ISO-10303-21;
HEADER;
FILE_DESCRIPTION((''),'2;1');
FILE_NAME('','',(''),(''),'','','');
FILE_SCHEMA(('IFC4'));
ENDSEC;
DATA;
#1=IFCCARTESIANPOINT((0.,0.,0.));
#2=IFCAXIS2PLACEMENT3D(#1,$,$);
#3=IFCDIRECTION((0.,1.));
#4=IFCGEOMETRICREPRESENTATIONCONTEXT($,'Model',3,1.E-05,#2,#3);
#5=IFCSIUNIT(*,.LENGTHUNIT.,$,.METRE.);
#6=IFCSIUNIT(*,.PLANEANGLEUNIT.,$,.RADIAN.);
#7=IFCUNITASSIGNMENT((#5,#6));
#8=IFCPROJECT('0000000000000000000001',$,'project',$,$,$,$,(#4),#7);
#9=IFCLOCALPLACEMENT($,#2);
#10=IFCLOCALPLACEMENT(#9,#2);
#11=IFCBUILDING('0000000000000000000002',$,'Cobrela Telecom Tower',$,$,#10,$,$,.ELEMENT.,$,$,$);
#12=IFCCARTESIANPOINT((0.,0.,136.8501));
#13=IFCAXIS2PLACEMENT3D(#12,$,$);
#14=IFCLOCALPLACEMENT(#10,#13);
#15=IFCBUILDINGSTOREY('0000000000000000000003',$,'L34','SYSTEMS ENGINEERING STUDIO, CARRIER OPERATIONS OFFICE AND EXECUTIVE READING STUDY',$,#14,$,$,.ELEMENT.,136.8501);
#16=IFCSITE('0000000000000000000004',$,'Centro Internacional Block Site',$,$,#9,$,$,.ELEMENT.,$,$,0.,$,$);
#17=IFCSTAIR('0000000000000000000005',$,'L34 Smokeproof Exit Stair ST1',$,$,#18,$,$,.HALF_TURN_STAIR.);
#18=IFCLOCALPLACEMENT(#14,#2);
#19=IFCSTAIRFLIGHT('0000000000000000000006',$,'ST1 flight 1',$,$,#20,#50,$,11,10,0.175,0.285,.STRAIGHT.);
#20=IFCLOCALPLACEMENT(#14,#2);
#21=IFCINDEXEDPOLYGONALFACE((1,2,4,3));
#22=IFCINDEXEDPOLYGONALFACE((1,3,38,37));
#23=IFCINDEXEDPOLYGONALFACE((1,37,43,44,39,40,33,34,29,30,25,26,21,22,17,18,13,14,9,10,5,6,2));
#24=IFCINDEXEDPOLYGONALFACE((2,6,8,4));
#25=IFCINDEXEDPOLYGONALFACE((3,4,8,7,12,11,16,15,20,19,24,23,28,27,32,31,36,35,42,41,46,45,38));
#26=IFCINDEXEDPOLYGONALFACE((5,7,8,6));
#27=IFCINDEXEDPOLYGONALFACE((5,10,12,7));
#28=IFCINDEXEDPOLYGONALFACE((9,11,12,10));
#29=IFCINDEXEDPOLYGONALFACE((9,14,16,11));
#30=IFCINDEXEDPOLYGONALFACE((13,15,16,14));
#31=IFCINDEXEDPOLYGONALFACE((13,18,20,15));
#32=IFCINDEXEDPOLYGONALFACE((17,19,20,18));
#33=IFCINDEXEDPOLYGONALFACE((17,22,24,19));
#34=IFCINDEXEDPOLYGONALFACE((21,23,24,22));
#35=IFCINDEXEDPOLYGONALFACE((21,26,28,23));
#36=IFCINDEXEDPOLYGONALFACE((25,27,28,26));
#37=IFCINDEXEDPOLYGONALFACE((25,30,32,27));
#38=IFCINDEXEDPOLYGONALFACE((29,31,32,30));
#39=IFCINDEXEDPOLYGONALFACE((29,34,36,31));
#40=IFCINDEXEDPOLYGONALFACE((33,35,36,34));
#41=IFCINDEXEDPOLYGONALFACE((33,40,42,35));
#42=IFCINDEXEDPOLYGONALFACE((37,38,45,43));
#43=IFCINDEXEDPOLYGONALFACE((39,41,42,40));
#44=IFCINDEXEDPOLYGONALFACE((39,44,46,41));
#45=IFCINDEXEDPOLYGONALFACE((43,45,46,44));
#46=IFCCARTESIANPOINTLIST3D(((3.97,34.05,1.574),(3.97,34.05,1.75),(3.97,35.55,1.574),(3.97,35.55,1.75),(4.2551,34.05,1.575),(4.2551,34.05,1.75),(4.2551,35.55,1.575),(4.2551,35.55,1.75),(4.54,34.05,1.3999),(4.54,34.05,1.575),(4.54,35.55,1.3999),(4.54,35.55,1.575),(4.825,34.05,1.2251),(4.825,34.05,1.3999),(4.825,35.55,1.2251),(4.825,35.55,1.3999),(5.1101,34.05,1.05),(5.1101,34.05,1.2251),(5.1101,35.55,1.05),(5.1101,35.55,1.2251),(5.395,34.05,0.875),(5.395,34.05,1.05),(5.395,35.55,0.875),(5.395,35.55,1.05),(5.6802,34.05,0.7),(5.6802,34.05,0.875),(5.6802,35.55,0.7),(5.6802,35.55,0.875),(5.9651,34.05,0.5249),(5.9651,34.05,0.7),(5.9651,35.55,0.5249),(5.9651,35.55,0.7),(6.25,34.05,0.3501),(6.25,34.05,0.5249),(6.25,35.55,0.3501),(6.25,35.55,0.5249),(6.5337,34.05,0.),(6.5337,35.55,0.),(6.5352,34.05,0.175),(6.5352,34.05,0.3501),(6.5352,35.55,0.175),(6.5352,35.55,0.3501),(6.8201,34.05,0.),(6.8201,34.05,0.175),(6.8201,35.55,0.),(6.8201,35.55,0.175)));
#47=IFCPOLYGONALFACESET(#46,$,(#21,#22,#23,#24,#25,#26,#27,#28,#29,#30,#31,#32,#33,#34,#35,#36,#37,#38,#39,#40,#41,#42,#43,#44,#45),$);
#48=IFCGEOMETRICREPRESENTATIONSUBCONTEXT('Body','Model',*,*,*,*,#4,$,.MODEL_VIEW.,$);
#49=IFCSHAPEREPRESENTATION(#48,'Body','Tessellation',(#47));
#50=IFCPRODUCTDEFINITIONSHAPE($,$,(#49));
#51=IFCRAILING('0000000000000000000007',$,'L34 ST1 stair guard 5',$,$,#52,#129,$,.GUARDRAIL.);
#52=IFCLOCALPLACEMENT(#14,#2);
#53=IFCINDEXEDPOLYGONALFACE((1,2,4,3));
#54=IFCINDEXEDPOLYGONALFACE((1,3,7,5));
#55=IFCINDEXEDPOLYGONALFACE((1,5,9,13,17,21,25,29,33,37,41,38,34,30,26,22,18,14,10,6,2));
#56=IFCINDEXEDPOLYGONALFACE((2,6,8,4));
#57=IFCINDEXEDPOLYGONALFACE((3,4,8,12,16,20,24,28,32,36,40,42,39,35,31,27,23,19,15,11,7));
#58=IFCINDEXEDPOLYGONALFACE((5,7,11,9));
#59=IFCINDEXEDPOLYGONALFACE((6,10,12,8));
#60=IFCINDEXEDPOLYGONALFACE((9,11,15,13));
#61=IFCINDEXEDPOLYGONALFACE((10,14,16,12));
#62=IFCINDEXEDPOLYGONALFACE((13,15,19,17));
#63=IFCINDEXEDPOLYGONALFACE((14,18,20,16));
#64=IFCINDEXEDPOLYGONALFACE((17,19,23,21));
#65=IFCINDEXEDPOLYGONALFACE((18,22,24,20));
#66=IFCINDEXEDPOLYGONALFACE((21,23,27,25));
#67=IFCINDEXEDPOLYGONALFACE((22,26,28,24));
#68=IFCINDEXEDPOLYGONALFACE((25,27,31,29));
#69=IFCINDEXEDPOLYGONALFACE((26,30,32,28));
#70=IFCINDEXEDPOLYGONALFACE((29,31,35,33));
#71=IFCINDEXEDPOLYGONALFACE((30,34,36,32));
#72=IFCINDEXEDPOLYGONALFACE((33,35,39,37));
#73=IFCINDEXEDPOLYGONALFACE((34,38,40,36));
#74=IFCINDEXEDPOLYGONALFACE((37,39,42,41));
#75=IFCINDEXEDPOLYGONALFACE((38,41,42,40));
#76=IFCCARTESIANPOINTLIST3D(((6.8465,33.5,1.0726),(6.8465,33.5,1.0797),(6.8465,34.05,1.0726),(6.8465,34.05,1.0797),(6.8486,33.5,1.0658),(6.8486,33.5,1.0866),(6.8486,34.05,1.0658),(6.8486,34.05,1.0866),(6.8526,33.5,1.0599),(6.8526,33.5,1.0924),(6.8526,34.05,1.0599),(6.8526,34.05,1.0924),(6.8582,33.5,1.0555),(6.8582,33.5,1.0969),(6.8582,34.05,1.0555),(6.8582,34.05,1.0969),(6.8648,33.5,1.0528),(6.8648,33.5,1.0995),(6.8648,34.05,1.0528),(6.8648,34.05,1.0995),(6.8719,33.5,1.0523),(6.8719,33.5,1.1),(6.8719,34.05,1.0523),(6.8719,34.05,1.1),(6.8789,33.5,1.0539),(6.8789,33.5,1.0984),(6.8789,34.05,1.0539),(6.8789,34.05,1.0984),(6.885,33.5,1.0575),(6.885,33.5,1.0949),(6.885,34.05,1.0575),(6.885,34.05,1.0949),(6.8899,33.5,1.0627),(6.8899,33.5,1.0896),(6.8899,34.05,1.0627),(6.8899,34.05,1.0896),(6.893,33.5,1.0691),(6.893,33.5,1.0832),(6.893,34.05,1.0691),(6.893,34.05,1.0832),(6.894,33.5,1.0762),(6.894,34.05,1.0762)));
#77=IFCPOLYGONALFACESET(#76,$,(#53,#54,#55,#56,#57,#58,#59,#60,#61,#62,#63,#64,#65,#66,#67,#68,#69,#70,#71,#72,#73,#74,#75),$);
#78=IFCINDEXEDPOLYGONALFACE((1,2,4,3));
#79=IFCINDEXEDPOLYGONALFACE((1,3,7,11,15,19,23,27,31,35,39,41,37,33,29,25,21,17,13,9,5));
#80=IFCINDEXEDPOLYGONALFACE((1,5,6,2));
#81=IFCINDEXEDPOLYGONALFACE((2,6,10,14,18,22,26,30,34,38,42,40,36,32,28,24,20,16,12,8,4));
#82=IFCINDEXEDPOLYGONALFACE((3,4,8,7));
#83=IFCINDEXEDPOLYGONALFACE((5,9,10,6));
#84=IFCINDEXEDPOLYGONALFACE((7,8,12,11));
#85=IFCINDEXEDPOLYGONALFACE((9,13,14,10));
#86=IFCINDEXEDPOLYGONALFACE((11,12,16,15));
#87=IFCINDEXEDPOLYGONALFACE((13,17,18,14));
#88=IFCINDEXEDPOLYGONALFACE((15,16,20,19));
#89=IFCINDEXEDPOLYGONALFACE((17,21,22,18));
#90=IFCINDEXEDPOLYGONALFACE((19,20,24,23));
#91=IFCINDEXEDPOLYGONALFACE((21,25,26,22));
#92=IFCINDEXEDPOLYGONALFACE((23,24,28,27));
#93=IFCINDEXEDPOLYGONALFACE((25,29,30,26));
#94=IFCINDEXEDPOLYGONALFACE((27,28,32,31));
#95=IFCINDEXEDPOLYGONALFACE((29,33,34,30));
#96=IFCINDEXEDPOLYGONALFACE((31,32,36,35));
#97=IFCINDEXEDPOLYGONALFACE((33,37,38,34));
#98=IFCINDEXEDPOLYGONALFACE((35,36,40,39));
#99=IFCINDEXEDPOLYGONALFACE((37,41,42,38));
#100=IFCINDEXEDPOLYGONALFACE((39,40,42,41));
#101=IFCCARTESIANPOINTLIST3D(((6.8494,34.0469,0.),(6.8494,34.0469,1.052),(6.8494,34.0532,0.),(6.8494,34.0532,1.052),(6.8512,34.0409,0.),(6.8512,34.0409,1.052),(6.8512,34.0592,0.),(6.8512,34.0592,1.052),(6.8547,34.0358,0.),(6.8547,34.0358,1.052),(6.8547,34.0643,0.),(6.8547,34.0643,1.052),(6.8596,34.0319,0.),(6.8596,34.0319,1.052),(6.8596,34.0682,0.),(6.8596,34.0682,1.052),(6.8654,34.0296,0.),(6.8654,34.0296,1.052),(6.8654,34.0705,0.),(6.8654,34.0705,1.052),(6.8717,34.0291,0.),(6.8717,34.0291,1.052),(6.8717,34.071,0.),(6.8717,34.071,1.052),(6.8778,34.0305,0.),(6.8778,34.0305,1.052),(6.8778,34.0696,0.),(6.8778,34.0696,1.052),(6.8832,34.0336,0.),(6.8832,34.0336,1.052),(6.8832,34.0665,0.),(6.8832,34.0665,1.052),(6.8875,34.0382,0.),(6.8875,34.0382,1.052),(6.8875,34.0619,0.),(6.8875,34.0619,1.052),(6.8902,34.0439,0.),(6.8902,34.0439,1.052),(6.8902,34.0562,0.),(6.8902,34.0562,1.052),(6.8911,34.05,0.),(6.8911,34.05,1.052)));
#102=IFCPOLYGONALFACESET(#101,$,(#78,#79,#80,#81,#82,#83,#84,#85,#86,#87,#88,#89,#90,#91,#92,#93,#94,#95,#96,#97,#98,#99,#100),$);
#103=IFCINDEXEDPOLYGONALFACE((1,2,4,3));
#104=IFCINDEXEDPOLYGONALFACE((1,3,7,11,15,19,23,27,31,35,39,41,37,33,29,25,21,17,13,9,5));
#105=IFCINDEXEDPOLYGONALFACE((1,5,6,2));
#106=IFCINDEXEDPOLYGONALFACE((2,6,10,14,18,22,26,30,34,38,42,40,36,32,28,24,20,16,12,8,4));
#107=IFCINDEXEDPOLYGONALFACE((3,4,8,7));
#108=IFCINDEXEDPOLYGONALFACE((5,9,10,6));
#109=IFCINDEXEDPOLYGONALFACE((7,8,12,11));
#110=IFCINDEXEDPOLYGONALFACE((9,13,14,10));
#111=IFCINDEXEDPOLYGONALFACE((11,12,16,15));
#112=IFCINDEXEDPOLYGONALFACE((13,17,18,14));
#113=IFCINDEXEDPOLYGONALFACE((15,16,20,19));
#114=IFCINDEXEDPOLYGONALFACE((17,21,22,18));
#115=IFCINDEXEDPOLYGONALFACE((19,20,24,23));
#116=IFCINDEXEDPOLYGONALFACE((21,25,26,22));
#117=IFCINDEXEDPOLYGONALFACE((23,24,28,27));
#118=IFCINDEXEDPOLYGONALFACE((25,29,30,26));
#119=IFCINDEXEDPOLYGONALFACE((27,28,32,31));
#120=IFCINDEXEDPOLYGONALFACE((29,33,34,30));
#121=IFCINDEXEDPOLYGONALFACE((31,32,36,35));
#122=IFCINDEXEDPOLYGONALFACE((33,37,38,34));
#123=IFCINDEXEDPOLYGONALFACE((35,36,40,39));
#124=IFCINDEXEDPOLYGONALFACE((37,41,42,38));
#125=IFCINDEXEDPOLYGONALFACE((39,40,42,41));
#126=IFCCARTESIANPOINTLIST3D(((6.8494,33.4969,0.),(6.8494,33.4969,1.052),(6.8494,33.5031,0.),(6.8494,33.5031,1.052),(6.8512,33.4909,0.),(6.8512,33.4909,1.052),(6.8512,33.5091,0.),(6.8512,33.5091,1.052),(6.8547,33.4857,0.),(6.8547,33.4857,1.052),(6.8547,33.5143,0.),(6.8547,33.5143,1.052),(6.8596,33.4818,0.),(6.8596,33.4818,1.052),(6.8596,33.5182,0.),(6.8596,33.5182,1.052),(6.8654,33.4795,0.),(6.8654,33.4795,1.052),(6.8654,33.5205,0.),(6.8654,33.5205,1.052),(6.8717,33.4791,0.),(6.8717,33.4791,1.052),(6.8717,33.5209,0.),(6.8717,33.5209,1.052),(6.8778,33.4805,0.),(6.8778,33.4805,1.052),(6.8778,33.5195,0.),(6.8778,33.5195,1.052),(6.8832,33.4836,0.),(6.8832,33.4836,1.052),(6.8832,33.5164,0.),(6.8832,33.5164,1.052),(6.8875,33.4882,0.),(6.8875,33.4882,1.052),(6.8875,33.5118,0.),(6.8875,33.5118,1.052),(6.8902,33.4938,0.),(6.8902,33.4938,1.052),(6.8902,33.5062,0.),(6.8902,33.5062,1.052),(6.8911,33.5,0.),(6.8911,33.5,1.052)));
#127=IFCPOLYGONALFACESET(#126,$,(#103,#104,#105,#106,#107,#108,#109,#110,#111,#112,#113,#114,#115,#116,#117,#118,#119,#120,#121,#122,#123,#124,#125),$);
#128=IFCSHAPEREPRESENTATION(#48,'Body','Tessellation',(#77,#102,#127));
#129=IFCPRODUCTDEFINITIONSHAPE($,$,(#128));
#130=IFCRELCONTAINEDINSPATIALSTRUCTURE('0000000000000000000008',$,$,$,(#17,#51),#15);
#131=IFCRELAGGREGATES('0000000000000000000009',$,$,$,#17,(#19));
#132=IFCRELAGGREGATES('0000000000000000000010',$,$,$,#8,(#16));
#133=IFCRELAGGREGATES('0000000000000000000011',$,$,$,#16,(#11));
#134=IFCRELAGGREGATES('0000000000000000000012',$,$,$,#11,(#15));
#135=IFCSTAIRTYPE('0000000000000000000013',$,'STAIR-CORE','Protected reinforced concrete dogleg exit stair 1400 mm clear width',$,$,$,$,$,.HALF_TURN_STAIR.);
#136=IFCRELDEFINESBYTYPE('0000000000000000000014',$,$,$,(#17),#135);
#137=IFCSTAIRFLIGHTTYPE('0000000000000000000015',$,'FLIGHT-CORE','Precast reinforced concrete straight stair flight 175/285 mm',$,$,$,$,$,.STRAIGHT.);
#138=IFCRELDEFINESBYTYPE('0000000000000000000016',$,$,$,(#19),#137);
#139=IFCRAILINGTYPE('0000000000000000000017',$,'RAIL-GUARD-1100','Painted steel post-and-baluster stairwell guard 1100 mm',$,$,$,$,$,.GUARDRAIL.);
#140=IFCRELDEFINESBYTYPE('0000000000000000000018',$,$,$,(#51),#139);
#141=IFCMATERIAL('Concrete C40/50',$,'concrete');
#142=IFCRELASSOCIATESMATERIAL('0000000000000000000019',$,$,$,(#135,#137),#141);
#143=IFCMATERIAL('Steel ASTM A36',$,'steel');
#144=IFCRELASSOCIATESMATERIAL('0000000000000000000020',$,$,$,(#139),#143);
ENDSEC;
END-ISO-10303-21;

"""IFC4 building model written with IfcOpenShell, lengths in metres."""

from ifc_helpers import new_model, si_unit, direction, frame, origin, origin_2d, place, context, subcontext, project, spatial, polyline, circle, outline, extrude, material, type_object, element, aggregate, save


model = new_model("IFC4")

# Units and contexts
model_context = context("Model", 3, precision=1e-05, world=origin(), true_north=direction((0.0, 1.0)))
body_context = subcontext(model_context, "Body", "Model", "MODEL_VIEW")
ifc_project = project(units=[si_unit("LENGTHUNIT", "METRE"), si_unit("PLANEANGLEUNIT", "RADIAN")], contexts=[model_context])

# Site, building, storey
site_placement = place(None, origin())
site = spatial("IfcSite", under=ifc_project, at=site_placement, Name="Centro Internacional Block Site", CompositionType="ELEMENT", RefElevation=0.0)
building_placement = place(site_placement, origin())
building = spatial("IfcBuilding", under=site, at=building_placement, Name="Cobrela Telecom Tower", CompositionType="ELEMENT")
storey_placement = place(building_placement, frame((0.0, 0.0, 136.8501)))
storey = spatial("IfcBuildingStorey", under=building, at=storey_placement, Name="L34", Description="SYSTEMS ENGINEERING STUDIO, CARRIER OPERATIONS OFFICE AND EXECUTIVE READING STUDY", CompositionType="ELEMENT", Elevation=136.8501)

# Shared definitions
ifc_material_1 = material(Name="Concrete C40/50", Category="concrete")

# Shared definitions
ifc_material_2 = material(Name="Steel ASTM A36", Category="steel")

# Stair, stair flight
stair_type = type_object("IfcStairType", Name="STAIR-CORE", Description="Protected reinforced concrete dogleg exit stair 1400 mm clear width", PredefinedType="HALF_TURN_STAIR", material=ifc_material_1)
stair_placement = place(storey_placement, origin())
stair = element("IfcStair", 1, at=stair_placement, inside=storey, type_object=stair_type, Name="L34 Smokeproof Exit Stair ST1", PredefinedType="HALF_TURN_STAIR")
stair_flight_type = type_object("IfcStairFlightType", Name="FLIGHT-CORE", Description="Precast reinforced concrete straight stair flight 175/285 mm", PredefinedType="STRAIGHT", material=ifc_material_1)
stair_flight_placement = place(storey_placement, frame((6.8201, 34.8, 0.0), z_axis=(0.0, 0.0, 1.0), x_axis=(-1.0, 0.0, 0.0)))
stair_flight = element("IfcStairFlight", 2, at=stair_flight_placement, type_object=stair_flight_type, Name="ST1 flight 1", NumberOfRisers=11, NumberOfTreads=10, PredefinedType="STRAIGHT", RiserHeight=0.175, TreadLength=0.285, context=body_context, shape_type="SweptSolid", body=[
    extrude(outline(polyline([(0.0, 0.0), (0.0, 0.175), (0.2849, 0.175), (0.2849, 0.3501), (0.5701, 0.3501), (0.5701, 0.5249), (0.855, 0.5249), (0.855, 0.7), (1.1399, 0.7), (1.1399, 0.875), (1.425, 0.875), (1.425, 1.05), (1.71, 1.05), (1.71, 1.2251), (1.9951, 1.2251), (1.9951, 1.3999), (2.28, 1.3999), (2.28, 1.575), (2.5649, 1.575), (2.5649, 1.75), (2.8501, 1.75), (2.8501, 1.925), (2.8501, 1.574), (0.2864, 0.0), (0.0, 0.0)])), frame((0.0, 0.75, 0.0), z_axis=(0.0, -1.0, 0.0), x_axis=(1.0, 0.0, 0.0)), (0.0, 0.0, 1.0), 1.5),
])
aggregate(stair, [stair_flight])

# Railing
railing_type_1 = type_object("IfcRailingType", Name="RAIL-GUARD-1100", Description="Painted steel post-and-baluster stairwell guard 1100 mm", PredefinedType="GUARDRAIL", material=ifc_material_2)
railing_1_placement = place(storey_placement, frame((6.8701, 34.05, 0.0)))
element("IfcRailing", 3, at=railing_1_placement, inside=storey, type_object=railing_type_1, Name="L34 ST1 stair guard 5", PredefinedType="GUARDRAIL", context=body_context, shape_type="SweptSolid", body=[
    extrude(circle(Radius=0.0239, at=origin_2d()), frame((0.0, 0.0, 1.0762), z_axis=(0.0, -1.0, 0.0), x_axis=(1.0, 0.0, 0.0)), (0.0, 0.0, 1.0), 0.55),
    extrude(circle(Radius=0.021, at=origin_2d()), origin(), (0.0, 0.0, 1.0), 1.052),
    extrude(circle(Radius=0.021, at=origin_2d()), frame((0.0, -0.55, 0.0)), (0.0, 0.0, 1.0), 1.052),
])

save(model, "model.ifc")
